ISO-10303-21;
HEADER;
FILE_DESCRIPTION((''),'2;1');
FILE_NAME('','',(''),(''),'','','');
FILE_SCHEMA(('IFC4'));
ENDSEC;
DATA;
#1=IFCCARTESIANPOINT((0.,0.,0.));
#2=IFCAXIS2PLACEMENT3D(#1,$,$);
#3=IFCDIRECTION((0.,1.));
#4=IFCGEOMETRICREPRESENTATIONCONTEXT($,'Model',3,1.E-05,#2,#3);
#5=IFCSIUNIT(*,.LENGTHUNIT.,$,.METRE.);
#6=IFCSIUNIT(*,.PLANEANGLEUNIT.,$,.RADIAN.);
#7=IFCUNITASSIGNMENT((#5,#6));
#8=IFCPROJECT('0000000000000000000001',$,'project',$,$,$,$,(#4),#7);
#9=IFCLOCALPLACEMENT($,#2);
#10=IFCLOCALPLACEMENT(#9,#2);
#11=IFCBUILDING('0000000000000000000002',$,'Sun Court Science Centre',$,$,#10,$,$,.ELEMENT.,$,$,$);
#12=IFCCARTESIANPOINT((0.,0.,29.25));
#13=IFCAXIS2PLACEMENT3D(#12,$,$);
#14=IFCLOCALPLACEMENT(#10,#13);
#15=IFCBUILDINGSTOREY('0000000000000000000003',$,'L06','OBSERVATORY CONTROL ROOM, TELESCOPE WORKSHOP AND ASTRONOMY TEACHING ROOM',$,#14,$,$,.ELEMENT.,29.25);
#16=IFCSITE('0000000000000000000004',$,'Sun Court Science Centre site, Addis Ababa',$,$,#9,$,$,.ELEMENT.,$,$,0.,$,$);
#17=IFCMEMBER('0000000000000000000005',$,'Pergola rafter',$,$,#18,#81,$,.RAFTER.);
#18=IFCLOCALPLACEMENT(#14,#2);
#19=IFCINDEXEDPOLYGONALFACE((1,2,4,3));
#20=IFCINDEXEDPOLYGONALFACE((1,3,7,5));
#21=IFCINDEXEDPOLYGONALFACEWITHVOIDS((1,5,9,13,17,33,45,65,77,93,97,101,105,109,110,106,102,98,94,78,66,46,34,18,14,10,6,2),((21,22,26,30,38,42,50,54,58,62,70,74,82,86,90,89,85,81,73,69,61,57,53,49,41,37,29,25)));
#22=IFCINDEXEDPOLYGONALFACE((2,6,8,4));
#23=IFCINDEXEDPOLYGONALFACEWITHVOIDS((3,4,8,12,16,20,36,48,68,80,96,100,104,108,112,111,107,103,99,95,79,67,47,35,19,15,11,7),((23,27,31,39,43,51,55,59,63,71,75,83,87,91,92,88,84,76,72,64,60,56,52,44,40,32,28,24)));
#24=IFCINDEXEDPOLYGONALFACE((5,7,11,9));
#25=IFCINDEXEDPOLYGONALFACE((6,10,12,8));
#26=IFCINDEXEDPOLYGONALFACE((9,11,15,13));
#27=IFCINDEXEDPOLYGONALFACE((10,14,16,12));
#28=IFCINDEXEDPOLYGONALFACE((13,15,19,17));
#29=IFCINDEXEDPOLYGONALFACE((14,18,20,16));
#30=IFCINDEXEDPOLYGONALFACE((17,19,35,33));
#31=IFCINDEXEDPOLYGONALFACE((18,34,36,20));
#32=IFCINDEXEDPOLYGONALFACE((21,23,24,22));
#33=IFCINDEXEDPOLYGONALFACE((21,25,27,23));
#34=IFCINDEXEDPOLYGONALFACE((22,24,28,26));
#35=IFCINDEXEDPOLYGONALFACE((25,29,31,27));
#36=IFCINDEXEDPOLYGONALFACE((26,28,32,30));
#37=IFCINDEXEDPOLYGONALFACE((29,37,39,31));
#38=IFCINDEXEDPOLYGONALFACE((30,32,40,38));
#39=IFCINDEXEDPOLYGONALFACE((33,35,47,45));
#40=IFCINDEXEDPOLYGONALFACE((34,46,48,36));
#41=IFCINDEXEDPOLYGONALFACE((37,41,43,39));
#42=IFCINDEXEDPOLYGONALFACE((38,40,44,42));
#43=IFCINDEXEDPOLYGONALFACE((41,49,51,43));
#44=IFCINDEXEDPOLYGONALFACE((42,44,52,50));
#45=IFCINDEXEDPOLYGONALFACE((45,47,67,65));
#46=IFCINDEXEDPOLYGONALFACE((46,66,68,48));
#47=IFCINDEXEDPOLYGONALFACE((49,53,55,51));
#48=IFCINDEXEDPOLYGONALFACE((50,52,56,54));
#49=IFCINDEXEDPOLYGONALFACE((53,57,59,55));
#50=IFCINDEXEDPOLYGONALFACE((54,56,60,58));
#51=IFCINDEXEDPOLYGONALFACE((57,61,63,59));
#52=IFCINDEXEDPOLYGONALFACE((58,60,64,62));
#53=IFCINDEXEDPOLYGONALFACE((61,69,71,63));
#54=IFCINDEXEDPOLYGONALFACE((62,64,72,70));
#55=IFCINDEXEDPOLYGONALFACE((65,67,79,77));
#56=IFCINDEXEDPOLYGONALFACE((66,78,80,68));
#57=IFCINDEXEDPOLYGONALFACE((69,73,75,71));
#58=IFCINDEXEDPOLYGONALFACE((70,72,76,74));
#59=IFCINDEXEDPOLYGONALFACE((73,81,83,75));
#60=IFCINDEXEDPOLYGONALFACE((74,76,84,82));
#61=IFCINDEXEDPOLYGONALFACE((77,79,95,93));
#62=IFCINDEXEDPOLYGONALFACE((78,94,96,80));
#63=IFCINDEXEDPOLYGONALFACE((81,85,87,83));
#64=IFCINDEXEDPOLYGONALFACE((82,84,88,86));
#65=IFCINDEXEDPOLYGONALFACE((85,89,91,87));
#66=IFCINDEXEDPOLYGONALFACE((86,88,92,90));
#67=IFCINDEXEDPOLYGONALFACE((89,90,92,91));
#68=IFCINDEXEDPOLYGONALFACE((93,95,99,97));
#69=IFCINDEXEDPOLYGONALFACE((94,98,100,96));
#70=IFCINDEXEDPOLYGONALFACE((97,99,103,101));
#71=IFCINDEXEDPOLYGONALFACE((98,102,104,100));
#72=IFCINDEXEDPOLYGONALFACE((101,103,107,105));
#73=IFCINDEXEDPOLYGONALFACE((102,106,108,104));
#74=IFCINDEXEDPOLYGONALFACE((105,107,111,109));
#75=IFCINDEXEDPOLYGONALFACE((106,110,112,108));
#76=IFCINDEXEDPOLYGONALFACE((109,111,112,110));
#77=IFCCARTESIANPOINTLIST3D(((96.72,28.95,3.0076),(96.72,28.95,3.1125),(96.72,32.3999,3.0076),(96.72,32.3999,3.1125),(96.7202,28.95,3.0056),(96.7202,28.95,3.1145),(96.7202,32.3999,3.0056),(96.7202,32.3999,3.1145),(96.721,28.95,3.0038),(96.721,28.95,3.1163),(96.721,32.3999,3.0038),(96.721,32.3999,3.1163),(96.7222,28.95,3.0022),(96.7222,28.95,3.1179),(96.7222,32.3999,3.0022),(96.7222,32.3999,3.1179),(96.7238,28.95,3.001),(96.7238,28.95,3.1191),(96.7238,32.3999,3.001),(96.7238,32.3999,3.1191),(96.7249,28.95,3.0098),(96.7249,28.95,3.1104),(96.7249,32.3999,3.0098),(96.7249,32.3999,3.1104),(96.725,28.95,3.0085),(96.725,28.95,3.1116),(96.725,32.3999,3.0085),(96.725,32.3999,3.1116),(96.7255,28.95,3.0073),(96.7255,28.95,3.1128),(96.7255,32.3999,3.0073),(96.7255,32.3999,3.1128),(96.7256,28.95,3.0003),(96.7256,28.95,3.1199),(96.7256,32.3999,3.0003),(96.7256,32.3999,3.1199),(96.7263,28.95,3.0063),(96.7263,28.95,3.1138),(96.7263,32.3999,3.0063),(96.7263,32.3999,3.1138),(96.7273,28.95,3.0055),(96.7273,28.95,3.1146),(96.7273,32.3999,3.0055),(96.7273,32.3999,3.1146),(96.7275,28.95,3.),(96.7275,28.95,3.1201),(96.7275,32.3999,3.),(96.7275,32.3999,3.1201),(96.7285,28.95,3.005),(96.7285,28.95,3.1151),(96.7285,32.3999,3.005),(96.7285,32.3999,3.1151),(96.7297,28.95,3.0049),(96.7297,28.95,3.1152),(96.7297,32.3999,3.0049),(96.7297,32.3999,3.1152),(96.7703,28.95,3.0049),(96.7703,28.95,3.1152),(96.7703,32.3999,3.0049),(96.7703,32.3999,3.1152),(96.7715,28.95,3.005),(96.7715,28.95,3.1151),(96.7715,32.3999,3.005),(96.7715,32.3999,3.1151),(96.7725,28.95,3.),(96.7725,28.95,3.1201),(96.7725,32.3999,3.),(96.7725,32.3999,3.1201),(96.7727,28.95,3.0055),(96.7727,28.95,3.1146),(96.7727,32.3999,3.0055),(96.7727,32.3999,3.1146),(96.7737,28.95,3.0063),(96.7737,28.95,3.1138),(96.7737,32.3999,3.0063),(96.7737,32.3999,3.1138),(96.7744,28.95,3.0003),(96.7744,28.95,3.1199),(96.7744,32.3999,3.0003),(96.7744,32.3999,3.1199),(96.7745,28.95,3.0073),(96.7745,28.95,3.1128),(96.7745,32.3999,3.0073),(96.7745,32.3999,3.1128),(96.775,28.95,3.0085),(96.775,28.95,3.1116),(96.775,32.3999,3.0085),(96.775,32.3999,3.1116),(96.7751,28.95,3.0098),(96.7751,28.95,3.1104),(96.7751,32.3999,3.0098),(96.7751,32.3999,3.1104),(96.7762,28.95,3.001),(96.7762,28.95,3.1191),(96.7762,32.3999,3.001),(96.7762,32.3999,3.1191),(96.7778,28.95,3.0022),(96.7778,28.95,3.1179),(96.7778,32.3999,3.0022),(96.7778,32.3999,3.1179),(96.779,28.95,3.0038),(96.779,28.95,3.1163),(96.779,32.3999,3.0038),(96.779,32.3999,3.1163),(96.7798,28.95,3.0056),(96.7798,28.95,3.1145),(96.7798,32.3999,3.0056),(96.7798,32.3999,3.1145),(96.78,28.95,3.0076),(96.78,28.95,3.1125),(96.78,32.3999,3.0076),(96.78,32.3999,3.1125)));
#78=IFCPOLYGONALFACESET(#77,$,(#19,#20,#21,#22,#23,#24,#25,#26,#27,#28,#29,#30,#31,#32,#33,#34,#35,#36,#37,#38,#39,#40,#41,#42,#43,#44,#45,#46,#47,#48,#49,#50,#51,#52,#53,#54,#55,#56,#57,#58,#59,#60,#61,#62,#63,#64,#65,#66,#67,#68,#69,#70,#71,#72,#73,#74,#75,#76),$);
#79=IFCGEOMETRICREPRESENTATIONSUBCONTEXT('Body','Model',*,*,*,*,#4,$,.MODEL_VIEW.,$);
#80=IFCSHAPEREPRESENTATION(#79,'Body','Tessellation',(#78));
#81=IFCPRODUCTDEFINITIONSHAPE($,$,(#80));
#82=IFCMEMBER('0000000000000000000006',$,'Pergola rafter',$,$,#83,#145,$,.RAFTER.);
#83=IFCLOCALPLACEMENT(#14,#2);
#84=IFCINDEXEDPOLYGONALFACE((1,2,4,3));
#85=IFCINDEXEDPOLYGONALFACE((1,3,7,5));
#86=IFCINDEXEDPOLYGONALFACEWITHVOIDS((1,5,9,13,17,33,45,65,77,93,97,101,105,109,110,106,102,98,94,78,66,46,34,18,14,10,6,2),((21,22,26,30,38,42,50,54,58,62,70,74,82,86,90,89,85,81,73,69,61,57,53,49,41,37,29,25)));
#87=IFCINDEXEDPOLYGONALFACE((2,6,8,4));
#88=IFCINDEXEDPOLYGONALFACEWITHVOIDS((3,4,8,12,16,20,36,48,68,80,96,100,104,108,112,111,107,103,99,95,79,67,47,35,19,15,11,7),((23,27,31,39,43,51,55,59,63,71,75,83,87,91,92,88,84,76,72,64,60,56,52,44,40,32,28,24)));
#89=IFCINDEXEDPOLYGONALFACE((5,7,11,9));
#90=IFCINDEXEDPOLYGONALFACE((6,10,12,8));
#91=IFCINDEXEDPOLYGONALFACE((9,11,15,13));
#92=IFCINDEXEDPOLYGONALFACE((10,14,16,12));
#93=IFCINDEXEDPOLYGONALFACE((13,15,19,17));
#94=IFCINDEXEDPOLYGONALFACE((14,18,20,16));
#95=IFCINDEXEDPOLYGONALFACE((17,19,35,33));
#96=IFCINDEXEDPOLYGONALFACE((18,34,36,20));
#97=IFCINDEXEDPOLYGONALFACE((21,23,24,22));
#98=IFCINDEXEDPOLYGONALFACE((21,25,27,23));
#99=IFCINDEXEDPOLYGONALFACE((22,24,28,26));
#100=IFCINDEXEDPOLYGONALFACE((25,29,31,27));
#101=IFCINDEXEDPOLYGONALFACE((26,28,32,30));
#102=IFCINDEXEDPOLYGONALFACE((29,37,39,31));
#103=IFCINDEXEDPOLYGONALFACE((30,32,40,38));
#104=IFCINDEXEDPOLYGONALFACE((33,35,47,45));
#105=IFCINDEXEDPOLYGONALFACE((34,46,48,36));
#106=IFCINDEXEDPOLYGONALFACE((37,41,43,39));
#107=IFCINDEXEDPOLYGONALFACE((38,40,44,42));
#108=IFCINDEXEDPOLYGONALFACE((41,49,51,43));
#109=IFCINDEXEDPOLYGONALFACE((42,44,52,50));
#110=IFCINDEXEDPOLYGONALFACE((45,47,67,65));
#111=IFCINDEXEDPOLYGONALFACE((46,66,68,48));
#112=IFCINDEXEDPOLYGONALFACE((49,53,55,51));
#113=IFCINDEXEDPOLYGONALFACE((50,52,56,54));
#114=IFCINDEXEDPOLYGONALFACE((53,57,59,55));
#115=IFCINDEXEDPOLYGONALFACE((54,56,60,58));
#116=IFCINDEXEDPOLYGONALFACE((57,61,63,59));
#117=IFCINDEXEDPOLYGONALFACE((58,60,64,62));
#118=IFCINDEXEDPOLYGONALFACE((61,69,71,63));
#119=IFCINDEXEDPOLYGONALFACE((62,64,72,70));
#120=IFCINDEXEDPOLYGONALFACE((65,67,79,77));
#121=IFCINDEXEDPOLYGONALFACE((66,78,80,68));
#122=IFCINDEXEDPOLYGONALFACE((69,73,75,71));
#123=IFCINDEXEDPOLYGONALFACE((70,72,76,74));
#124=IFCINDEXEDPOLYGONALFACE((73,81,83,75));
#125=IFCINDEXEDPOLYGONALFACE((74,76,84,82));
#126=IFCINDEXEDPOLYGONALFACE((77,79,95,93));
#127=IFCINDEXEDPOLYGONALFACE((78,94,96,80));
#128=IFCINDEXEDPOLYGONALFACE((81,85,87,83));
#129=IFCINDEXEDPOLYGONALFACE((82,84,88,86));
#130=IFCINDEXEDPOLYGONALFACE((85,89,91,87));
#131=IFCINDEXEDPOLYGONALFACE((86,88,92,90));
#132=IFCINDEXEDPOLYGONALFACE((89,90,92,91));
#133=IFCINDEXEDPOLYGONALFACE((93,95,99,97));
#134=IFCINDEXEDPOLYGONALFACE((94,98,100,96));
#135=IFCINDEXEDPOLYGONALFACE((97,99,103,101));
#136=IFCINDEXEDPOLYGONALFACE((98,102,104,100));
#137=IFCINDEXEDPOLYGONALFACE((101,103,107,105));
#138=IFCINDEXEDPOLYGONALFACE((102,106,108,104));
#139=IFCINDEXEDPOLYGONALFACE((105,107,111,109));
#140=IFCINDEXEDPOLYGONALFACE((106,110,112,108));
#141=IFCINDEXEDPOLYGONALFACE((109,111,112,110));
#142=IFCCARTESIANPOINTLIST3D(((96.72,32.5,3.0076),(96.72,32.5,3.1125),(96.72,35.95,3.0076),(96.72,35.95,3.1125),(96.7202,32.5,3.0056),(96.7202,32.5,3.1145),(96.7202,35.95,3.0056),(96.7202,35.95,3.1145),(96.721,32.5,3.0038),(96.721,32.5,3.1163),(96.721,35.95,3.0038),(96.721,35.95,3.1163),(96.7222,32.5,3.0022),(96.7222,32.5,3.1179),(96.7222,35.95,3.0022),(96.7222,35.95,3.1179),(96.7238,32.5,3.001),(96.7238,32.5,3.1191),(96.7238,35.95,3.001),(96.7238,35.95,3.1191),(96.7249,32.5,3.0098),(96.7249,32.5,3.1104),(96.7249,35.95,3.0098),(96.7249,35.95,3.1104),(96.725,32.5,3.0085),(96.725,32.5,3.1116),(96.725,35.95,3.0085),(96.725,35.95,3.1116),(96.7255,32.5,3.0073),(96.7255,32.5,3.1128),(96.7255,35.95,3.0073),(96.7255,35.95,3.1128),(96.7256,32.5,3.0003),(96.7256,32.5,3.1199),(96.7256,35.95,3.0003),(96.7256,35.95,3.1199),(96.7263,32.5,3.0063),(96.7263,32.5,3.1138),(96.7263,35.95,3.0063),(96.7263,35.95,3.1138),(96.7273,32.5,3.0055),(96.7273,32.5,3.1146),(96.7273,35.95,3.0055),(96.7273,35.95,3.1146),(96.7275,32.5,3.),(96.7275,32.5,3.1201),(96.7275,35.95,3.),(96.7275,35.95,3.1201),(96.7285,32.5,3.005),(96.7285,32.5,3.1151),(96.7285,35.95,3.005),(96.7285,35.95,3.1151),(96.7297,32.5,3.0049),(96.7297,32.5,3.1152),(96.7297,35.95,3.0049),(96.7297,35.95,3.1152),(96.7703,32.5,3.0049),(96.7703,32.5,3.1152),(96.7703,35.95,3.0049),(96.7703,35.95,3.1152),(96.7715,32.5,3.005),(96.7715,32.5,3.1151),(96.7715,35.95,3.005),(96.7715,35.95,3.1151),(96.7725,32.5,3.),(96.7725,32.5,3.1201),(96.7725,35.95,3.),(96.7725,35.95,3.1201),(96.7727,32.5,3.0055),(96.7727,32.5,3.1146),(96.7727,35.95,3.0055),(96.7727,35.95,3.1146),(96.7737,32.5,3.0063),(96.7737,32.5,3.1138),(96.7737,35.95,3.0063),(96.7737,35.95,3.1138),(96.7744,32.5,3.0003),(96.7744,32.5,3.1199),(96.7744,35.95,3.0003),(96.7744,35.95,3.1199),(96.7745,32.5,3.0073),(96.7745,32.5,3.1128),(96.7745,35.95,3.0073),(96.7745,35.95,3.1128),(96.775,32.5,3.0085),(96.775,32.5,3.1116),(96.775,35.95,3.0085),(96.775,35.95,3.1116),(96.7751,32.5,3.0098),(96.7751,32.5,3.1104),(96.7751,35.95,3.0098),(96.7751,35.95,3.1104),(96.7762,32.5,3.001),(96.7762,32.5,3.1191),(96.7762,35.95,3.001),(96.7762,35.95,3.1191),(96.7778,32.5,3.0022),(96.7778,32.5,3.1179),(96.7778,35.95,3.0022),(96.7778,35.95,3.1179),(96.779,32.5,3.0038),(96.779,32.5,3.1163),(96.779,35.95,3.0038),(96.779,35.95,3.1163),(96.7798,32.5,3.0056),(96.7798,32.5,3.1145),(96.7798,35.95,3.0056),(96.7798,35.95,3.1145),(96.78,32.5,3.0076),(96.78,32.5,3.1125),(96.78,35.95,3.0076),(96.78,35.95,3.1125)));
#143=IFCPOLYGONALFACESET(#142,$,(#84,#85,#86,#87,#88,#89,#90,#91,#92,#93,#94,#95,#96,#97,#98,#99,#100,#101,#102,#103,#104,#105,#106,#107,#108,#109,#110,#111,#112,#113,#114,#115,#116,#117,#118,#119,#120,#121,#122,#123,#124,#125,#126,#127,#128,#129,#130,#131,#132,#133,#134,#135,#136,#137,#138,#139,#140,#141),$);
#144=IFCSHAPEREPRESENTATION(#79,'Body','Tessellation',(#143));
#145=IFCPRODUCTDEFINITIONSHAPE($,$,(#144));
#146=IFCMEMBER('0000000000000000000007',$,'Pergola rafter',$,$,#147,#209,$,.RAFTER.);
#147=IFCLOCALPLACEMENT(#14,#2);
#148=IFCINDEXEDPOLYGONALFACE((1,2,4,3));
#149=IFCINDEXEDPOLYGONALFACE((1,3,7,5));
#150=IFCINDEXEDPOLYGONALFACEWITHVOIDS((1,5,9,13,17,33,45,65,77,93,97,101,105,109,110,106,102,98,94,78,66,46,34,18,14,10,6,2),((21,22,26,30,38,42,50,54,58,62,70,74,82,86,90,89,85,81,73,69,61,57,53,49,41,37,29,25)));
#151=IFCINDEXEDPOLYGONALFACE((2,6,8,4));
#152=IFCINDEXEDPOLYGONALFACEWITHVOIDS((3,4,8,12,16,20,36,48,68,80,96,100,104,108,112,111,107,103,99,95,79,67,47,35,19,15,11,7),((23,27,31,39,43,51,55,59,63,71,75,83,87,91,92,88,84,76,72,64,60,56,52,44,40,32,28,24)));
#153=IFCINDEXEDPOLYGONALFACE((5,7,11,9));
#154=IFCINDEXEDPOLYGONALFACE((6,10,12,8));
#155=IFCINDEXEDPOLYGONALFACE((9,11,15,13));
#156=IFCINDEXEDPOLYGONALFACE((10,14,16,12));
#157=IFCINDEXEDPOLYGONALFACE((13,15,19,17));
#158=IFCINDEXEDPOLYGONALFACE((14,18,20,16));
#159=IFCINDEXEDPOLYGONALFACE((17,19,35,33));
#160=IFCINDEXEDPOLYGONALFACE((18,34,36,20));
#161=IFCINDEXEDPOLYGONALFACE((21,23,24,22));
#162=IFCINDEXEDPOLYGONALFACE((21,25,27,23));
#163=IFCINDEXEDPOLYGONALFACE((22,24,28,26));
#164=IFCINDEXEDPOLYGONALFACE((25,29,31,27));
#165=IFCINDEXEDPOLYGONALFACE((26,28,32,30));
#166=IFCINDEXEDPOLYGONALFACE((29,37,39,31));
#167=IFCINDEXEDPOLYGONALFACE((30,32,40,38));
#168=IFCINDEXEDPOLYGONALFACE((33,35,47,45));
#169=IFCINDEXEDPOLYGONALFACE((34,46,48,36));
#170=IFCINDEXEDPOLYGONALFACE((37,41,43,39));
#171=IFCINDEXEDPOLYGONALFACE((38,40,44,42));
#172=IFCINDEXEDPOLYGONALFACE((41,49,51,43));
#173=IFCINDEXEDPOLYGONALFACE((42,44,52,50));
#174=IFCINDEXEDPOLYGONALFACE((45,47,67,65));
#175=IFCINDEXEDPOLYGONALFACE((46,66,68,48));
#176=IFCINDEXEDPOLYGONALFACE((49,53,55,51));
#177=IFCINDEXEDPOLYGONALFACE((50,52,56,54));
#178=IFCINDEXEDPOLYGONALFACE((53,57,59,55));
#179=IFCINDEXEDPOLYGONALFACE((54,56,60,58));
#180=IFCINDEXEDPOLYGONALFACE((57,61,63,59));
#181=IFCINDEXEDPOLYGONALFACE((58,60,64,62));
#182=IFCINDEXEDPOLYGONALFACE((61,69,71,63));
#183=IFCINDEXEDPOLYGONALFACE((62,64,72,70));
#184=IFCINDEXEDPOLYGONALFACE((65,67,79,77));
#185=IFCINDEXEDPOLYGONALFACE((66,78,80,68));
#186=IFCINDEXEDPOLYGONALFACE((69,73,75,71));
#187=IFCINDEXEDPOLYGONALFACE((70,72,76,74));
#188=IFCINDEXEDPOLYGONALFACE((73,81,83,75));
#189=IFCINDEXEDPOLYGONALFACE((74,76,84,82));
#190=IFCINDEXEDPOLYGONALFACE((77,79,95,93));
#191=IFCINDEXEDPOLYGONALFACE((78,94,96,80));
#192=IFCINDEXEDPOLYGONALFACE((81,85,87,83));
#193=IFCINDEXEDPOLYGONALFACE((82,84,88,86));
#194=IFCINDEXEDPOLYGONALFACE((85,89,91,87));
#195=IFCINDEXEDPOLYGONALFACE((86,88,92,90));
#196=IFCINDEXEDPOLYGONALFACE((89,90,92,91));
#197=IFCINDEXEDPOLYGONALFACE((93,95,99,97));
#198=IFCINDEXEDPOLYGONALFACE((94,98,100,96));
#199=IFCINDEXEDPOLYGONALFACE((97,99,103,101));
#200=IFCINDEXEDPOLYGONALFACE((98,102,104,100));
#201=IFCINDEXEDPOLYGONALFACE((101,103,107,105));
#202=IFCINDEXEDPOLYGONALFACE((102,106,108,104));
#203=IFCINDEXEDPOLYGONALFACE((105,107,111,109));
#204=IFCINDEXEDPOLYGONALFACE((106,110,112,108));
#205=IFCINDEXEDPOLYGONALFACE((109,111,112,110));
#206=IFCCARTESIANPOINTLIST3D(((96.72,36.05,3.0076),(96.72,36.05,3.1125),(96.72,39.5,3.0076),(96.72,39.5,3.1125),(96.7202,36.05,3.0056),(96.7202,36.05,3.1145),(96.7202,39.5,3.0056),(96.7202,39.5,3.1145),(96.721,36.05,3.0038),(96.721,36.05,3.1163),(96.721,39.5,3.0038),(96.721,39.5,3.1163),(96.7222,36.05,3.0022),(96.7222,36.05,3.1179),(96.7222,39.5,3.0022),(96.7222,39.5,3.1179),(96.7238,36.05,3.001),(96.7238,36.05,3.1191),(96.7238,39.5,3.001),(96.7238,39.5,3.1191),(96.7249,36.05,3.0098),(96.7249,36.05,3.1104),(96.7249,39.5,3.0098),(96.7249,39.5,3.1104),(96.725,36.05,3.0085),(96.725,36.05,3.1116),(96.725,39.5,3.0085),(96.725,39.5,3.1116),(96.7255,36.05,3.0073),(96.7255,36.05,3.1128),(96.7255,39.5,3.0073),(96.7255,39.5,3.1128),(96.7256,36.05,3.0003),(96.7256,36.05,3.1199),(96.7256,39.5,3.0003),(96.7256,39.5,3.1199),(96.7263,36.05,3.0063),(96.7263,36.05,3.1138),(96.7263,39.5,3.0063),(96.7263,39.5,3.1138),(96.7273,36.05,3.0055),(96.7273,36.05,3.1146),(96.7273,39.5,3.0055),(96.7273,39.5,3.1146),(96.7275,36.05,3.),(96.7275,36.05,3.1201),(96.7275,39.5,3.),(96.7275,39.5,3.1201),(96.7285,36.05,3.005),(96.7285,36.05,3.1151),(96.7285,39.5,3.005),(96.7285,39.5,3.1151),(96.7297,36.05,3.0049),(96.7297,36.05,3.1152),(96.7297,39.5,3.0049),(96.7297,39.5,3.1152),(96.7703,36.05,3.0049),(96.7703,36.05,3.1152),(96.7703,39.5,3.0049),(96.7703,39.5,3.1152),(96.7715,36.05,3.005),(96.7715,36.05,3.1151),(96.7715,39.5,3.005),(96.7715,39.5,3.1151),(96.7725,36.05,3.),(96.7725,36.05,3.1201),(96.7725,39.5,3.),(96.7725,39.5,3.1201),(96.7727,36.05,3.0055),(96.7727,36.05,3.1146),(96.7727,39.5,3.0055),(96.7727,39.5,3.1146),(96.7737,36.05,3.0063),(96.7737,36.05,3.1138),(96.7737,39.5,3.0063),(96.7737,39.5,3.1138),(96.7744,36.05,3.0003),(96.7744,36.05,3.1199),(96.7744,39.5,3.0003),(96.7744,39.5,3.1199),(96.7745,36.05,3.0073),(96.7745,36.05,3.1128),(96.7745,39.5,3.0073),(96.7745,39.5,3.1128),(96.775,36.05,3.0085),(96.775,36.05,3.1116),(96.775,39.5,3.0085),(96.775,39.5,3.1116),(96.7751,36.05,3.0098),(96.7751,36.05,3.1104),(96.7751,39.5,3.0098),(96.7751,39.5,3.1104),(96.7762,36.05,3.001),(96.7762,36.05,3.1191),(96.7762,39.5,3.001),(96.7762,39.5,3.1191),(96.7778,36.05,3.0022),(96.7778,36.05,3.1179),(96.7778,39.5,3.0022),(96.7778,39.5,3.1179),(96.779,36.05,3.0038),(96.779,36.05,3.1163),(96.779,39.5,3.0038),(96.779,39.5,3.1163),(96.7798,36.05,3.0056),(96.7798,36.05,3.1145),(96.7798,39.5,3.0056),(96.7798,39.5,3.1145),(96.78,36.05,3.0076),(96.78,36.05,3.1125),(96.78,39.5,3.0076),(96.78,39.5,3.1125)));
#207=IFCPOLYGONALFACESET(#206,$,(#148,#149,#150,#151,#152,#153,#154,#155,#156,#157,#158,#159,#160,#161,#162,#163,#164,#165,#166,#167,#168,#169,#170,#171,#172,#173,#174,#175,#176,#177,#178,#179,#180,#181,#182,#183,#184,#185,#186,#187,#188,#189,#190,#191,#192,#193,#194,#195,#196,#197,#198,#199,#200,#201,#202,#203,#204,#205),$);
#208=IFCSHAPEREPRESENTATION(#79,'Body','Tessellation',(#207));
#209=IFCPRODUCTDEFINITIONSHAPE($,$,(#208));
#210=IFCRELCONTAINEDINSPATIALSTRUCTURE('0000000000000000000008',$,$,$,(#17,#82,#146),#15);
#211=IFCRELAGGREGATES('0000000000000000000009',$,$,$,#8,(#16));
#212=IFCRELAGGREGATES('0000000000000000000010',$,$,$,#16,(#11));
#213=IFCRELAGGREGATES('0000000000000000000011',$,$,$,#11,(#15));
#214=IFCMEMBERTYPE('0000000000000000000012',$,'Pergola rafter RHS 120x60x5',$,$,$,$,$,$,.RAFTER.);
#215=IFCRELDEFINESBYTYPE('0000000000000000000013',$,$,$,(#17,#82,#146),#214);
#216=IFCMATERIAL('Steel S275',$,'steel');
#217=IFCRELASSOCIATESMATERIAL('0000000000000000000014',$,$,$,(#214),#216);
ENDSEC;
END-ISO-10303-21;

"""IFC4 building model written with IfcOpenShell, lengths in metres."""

from ifc_helpers import new_model, si_unit, direction, frame, origin, origin_2d, place, context, subcontext, project, spatial, hollow_rectangle, extrude, material, material_profile, profile_set, type_object, element, save


model = new_model("IFC4")

# Units and contexts
model_context = context("Model", 3, precision=1e-05, world=origin(), true_north=direction((0.0, 1.0)))
body_context = subcontext(model_context, "Body", "Model", "MODEL_VIEW")
ifc_project = project(units=[si_unit("LENGTHUNIT", "METRE"), si_unit("PLANEANGLEUNIT", "RADIAN")], contexts=[model_context])

# Site, building, storey
site_placement = place(None, origin())
site = spatial("IfcSite", under=ifc_project, at=site_placement, Name="Sun Court Science Centre site, Addis Ababa", CompositionType="ELEMENT", RefElevation=0.0)
building_placement = place(site_placement, origin())
building = spatial("IfcBuilding", under=site, at=building_placement, Name="Sun Court Science Centre", CompositionType="ELEMENT")
storey_placement = place(building_placement, frame((0.0, 0.0, 29.25)))
storey = spatial("IfcBuildingStorey", under=building, at=storey_placement, Name="L06", Description="OBSERVATORY CONTROL ROOM, TELESCOPE WORKSHOP AND ASTRONOMY TEACHING ROOM", CompositionType="ELEMENT", Elevation=29.25)

# Members
ifc_material_1 = material(Name="Steel S275", Category="steel")
ifc_material_profile_1 = material_profile(ifc_material_1, hollow_rectangle(XDim=0.0601, YDim=0.1201, WallThickness=0.0049, InnerFilletRadius=0.0049, OuterFilletRadius=0.0076, at=origin_2d()), Name="RHS 120x60x5")
ifc_profile_set_1 = profile_set([ifc_material_profile_1], Name="Steel S275")
member_type_1 = type_object("IfcMemberType", Name="Pergola rafter RHS 120x60x5", PredefinedType="RAFTER", material=ifc_profile_set_1)
for number, where, z_axis, x_axis, name in (
    (1, (96.75, 28.95, 3.0601), (0.0, 1.0, 0.0), (-1.0, 0.0, 0.0), "Pergola rafter"),
    (2, (96.75, 32.5, 3.0601), (0.0, 1.0, 0.0), (-1.0, 0.0, 0.0), "Pergola rafter"),
    (3, (96.75, 36.05, 3.0601), (0.0, 1.0, 0.0), (-1.0, 0.0, 0.0), "Pergola rafter"),
):
    element("IfcMember", number, at=place(storey_placement, frame(where, z_axis=z_axis, x_axis=x_axis)), inside=storey, type_object=member_type_1, Name=name, PredefinedType="RAFTER", context=body_context, shape_type="SweptSolid", body=[
        extrude(hollow_rectangle(XDim=0.0601, YDim=0.1201, WallThickness=0.0049, InnerFilletRadius=0.0049, OuterFilletRadius=0.0076, at=origin_2d()), origin(), (0.0, 0.0, 1.0), 3.45),
    ])

save(model, "model.ifc")
